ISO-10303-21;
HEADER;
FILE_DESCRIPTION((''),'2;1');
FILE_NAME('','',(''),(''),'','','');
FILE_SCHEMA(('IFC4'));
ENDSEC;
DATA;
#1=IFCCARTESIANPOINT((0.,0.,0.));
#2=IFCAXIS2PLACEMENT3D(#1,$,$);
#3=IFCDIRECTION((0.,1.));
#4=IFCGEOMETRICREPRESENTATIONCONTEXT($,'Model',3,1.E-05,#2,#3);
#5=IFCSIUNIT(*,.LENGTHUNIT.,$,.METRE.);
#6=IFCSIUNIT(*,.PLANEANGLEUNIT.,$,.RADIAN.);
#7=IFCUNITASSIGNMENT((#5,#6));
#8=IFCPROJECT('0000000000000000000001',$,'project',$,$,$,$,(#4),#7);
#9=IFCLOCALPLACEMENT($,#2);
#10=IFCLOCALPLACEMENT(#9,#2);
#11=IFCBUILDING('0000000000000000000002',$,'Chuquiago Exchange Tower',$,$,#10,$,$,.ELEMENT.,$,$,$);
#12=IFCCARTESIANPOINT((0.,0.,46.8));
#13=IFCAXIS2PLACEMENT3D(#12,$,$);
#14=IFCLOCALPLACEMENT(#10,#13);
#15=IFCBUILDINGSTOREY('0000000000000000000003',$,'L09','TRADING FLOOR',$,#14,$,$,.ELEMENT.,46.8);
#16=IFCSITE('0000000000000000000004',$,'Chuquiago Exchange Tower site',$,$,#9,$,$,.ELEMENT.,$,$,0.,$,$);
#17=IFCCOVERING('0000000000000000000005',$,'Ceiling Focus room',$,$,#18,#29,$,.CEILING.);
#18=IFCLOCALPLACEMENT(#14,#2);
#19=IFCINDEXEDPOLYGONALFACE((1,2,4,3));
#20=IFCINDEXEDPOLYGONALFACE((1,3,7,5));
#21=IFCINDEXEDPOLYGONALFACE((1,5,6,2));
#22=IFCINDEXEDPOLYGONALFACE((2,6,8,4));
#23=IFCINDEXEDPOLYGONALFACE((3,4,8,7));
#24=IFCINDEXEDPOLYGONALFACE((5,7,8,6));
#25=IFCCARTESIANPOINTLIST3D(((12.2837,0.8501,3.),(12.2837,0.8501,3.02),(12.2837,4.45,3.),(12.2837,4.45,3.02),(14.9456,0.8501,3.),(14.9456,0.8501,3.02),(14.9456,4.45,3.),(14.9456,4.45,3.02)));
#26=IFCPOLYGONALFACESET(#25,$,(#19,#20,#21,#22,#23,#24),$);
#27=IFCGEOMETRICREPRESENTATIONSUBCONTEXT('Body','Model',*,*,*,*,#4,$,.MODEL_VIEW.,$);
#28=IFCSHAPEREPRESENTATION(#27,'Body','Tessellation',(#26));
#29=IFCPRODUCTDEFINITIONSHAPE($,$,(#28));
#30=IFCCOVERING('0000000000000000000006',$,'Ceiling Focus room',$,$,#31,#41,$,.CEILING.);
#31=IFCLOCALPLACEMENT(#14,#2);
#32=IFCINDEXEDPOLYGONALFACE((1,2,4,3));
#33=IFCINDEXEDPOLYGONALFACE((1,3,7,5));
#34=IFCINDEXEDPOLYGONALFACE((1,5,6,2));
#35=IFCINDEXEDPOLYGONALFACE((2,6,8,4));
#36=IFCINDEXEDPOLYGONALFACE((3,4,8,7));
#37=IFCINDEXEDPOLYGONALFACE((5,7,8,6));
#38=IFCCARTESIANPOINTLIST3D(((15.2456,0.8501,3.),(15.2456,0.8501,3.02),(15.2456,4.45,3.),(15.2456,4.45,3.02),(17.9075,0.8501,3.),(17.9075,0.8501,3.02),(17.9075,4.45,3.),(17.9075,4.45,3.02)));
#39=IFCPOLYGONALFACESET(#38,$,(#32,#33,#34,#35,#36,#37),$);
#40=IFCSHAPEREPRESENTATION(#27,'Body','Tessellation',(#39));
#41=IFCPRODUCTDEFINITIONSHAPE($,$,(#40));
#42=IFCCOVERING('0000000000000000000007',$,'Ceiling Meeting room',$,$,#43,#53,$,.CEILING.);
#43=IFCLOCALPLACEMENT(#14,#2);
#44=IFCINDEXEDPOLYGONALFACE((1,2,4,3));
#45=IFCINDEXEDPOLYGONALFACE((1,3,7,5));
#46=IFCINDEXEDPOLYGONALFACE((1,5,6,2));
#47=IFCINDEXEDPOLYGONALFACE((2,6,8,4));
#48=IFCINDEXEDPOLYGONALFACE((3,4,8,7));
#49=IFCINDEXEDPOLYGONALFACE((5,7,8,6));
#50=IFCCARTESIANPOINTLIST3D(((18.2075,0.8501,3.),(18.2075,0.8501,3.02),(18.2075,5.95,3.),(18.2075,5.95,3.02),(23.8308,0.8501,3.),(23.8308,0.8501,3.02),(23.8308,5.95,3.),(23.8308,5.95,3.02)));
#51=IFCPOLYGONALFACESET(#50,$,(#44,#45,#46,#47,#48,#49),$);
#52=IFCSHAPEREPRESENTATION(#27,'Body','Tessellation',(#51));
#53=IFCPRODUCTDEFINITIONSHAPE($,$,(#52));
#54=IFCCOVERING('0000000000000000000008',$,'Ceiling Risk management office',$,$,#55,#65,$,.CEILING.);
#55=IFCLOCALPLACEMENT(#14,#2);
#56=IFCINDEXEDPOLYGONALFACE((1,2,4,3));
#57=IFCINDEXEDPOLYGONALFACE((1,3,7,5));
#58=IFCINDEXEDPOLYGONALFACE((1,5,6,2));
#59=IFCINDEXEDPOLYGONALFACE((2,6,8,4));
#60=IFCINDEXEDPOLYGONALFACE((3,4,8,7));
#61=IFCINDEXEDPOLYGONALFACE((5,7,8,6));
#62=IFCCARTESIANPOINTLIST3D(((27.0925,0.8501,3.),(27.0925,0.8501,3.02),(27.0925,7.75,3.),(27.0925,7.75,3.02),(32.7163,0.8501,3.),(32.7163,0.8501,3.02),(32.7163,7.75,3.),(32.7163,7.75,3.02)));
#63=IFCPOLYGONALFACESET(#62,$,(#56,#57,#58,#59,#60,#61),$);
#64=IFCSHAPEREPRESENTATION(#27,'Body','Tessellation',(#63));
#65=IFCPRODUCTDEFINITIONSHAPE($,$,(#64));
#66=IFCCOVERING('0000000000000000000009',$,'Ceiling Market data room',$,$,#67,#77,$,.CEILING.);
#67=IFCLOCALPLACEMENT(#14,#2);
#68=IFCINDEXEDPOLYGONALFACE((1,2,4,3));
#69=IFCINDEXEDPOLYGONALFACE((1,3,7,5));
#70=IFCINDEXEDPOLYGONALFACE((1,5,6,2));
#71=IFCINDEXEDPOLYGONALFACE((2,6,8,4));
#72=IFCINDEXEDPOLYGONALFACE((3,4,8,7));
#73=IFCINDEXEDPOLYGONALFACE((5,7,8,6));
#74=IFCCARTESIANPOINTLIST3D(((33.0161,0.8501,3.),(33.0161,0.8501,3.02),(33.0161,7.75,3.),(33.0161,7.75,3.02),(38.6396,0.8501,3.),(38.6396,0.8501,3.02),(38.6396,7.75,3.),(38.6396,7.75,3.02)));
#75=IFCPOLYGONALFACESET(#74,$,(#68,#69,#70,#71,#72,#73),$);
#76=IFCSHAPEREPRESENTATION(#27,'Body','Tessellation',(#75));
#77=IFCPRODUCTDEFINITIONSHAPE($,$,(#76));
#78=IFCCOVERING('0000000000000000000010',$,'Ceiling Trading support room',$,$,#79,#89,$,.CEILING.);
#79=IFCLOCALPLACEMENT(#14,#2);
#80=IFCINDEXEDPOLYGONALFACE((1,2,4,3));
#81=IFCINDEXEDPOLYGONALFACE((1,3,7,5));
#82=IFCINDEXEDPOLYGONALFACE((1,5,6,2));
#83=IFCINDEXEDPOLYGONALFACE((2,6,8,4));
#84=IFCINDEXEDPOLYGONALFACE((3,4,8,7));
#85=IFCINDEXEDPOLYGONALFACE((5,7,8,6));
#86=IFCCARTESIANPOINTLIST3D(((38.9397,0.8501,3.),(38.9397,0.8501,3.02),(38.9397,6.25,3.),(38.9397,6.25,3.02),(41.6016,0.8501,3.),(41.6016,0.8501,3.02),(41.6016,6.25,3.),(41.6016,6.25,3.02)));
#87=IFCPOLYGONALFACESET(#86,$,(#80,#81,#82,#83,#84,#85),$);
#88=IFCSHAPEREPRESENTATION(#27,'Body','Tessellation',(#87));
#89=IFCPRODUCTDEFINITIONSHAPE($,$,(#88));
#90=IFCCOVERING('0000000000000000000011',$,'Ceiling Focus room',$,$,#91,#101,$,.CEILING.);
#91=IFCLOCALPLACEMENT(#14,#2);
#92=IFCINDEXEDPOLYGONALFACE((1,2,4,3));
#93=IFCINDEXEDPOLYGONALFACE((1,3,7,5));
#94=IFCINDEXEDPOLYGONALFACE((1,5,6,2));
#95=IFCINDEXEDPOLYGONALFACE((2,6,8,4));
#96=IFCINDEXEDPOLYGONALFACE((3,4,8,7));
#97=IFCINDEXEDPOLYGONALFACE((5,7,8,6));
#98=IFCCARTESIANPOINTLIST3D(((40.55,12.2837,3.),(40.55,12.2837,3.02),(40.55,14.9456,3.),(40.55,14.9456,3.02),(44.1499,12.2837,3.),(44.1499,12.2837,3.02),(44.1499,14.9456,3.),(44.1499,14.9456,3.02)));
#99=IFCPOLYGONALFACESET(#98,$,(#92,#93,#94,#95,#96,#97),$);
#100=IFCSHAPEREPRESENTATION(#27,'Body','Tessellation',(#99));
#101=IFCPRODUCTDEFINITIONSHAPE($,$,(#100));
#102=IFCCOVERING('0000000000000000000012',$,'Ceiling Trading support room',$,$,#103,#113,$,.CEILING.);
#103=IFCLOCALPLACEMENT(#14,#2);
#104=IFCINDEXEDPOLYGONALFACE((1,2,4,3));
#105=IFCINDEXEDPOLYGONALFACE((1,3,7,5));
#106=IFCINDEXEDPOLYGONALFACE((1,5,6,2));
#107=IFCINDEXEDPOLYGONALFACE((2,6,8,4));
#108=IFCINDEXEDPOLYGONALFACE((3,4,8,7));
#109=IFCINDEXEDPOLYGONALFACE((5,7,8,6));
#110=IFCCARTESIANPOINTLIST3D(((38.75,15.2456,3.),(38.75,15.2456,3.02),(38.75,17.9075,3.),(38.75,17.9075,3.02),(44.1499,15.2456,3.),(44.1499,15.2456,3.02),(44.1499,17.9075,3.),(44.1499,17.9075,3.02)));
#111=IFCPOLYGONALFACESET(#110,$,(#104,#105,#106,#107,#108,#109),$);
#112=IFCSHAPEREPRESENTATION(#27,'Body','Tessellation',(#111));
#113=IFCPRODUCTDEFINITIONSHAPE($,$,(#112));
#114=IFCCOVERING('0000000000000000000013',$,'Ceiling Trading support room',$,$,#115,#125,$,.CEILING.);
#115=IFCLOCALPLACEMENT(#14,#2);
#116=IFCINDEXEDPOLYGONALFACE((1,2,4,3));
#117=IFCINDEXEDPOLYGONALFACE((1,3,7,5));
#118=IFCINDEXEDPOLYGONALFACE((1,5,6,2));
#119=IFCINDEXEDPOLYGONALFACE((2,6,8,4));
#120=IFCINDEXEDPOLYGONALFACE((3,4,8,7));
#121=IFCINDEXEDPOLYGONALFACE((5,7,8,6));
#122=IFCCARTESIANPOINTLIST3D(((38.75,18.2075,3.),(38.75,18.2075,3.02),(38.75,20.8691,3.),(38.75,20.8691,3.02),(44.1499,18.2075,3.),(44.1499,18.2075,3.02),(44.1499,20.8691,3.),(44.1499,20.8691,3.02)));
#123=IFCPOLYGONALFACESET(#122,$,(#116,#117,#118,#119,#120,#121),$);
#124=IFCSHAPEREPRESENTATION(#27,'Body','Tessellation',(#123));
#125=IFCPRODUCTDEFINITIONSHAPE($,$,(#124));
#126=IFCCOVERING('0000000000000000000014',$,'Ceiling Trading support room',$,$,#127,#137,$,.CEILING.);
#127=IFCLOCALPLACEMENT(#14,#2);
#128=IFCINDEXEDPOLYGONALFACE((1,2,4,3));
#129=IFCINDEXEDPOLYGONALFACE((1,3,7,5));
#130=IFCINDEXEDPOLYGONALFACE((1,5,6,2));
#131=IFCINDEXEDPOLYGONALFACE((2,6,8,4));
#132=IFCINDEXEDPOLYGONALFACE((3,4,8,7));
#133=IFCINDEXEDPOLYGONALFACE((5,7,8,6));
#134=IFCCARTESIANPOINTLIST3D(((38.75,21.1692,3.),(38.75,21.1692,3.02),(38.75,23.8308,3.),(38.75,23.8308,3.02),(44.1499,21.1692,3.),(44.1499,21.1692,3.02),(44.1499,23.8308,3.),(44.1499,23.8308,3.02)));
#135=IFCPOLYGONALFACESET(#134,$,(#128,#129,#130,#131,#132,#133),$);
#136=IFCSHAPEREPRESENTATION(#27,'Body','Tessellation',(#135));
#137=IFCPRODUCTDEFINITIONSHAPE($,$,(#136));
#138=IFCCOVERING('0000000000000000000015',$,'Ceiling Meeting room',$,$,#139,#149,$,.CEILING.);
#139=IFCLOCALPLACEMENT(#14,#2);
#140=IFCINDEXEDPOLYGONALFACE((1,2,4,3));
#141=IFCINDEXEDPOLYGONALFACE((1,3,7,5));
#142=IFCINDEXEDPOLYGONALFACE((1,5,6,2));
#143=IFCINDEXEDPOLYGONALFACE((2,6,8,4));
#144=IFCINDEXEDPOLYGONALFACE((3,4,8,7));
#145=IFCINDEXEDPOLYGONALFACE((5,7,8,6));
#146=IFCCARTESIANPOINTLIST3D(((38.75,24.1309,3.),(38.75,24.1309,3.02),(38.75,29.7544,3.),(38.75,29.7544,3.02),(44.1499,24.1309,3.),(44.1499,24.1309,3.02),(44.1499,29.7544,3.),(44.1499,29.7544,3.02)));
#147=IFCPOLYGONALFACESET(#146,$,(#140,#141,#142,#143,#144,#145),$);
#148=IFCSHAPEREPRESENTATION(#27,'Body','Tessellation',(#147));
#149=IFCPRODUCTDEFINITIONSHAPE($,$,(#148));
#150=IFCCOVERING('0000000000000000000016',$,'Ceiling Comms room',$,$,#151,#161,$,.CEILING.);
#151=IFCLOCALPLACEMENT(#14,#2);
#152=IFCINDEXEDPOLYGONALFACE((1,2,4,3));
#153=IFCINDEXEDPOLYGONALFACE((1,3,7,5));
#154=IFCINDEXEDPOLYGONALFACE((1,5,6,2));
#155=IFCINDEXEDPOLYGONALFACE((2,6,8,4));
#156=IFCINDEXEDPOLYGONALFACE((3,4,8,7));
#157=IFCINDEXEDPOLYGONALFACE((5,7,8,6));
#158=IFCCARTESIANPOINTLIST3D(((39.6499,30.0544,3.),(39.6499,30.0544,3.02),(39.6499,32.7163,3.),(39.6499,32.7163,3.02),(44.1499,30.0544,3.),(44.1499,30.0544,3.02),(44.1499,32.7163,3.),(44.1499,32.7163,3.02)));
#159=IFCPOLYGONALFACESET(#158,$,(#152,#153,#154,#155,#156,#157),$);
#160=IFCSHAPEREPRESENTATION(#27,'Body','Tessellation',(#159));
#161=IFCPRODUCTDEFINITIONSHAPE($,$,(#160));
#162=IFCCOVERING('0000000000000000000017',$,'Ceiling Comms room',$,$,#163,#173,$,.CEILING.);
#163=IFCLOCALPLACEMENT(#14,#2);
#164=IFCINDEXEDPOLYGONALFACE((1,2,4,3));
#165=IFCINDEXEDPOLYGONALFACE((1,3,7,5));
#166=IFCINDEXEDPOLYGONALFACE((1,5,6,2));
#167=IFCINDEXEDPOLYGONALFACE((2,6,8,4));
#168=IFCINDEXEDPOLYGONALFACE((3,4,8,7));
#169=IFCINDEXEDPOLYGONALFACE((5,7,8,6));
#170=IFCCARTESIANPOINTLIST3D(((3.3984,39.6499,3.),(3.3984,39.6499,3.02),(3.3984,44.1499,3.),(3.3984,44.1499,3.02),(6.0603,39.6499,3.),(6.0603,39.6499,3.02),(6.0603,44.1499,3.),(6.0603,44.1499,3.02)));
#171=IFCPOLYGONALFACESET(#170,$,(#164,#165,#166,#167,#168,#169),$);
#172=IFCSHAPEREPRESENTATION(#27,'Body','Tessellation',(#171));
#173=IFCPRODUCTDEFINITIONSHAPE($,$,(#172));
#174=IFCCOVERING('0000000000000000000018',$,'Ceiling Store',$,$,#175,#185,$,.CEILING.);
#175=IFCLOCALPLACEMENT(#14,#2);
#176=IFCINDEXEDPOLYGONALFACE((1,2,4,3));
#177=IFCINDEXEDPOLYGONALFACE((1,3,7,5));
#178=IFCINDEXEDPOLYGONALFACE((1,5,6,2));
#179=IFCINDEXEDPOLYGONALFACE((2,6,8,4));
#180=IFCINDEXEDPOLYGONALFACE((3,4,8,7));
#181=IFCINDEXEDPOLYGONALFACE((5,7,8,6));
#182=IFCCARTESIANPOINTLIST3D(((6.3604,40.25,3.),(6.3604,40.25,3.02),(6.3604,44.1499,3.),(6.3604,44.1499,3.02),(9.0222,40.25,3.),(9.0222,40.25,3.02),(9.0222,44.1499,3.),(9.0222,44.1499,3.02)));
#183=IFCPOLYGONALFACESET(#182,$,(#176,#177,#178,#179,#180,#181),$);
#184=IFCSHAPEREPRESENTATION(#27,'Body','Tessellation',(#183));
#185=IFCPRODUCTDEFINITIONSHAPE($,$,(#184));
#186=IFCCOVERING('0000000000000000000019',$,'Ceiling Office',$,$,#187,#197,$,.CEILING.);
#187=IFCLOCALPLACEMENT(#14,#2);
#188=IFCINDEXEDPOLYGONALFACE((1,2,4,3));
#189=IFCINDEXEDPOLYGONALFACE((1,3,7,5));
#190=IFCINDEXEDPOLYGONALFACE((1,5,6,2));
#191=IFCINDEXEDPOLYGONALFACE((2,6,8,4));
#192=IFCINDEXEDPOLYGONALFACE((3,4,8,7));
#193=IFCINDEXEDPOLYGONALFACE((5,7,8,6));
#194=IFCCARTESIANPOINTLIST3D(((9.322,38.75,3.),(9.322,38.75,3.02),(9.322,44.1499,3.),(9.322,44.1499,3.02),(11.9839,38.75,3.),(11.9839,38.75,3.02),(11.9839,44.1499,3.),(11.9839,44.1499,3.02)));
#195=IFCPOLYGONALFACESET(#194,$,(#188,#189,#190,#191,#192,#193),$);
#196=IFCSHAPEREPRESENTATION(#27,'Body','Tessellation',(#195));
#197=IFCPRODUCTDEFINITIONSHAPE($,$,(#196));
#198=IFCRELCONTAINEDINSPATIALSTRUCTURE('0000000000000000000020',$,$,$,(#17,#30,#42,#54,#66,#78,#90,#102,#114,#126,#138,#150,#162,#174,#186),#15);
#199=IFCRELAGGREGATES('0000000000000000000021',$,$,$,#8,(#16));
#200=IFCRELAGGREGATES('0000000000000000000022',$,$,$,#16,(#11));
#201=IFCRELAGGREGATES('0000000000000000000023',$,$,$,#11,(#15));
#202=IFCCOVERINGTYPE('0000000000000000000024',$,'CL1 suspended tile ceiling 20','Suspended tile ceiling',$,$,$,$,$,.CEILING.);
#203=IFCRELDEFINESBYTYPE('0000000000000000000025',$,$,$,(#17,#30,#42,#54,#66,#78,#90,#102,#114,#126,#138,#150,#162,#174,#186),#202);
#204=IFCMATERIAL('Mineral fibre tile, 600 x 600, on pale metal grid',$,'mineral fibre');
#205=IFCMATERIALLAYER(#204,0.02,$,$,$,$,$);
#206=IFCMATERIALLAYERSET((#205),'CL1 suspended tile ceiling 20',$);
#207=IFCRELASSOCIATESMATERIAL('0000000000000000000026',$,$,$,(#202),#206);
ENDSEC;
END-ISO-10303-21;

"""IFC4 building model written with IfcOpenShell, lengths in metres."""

from ifc_helpers import new_model, si_unit, direction, frame, origin, place, context, subcontext, project, spatial, polyline, outline, extrude, material, layer, layer_set, type_object, element, save


model = new_model("IFC4")

# Units and contexts
model_context = context("Model", 3, precision=1e-05, world=origin(), true_north=direction((0.0, 1.0)))
body_context = subcontext(model_context, "Body", "Model", "MODEL_VIEW")
ifc_project = project(units=[si_unit("LENGTHUNIT", "METRE"), si_unit("PLANEANGLEUNIT", "RADIAN")], contexts=[model_context])

# Site, building, storey
site_placement = place(None, origin())
site = spatial("IfcSite", under=ifc_project, at=site_placement, Name="Chuquiago Exchange Tower site", CompositionType="ELEMENT", RefElevation=0.0)
building_placement = place(site_placement, origin())
building = spatial("IfcBuilding", under=site, at=building_placement, Name="Chuquiago Exchange Tower", CompositionType="ELEMENT")
storey_placement = place(building_placement, frame((0.0, 0.0, 46.8)))
storey = spatial("IfcBuildingStorey", under=building, at=storey_placement, Name="L09", Description="TRADING FLOOR", CompositionType="ELEMENT", Elevation=46.8)

# Coverings
ifc_material_1 = material(Name="Mineral fibre tile, 600 x 600, on pale metal grid", Category="mineral fibre")
ifc_layer_1 = layer(ifc_material_1, 0.02)
ifc_layer_set_1 = layer_set([ifc_layer_1], Name="CL1 suspended tile ceiling 20")
covering_type_1 = type_object("IfcCoveringType", Name="CL1 suspended tile ceiling 20", Description="Suspended tile ceiling", PredefinedType="CEILING", material=ifc_layer_set_1)
covering_1_placement = place(storey_placement, frame((0.0, 0.0, 3.0)))
element("IfcCovering", 1, at=covering_1_placement, inside=storey, type_object=covering_type_1, Name="Ceiling Focus room", PredefinedType="CEILING", context=body_context, shape_type="SweptSolid", body=[
    extrude(outline(polyline([(12.2837, 4.45), (14.9456, 4.45), (14.9456, 0.8501), (12.2837, 0.8501), (12.2837, 4.45)])), origin(), (0.0, 0.0, 1.0), 0.02),
])
covering_2_placement = place(storey_placement, frame((0.0, 0.0, 3.0)))
element("IfcCovering", 2, at=covering_2_placement, inside=storey, type_object=covering_type_1, Name="Ceiling Focus room", PredefinedType="CEILING", context=body_context, shape_type="SweptSolid", body=[
    extrude(outline(polyline([(15.2456, 4.45), (17.9075, 4.45), (17.9075, 0.8501), (15.2456, 0.8501), (15.2456, 4.45)])), origin(), (0.0, 0.0, 1.0), 0.02),
])
covering_3_placement = place(storey_placement, frame((0.0, 0.0, 3.0)))
element("IfcCovering", 3, at=covering_3_placement, inside=storey, type_object=covering_type_1, Name="Ceiling Meeting room", PredefinedType="CEILING", context=body_context, shape_type="SweptSolid", body=[
    extrude(outline(polyline([(18.2075, 5.95), (23.8308, 5.95), (23.8308, 0.8501), (18.2075, 0.8501), (18.2075, 5.95)])), origin(), (0.0, 0.0, 1.0), 0.02),
])
covering_4_placement = place(storey_placement, frame((0.0, 0.0, 3.0)))
element("IfcCovering", 4, at=covering_4_placement, inside=storey, type_object=covering_type_1, Name="Ceiling Risk management office", PredefinedType="CEILING", context=body_context, shape_type="SweptSolid", body=[
    extrude(outline(polyline([(27.0925, 7.75), (32.7163, 7.75), (32.7163, 0.8501), (27.0925, 0.8501), (27.0925, 7.75)])), origin(), (0.0, 0.0, 1.0), 0.02),
])
covering_5_placement = place(storey_placement, frame((0.0, 0.0, 3.0)))
element("IfcCovering", 5, at=covering_5_placement, inside=storey, type_object=covering_type_1, Name="Ceiling Market data room", PredefinedType="CEILING", context=body_context, shape_type="SweptSolid", body=[
    extrude(outline(polyline([(33.0161, 7.75), (38.6396, 7.75), (38.6396, 0.8501), (33.0161, 0.8501), (33.0161, 7.75)])), origin(), (0.0, 0.0, 1.0), 0.02),
])
covering_6_placement = place(storey_placement, frame((0.0, 0.0, 3.0)))
element("IfcCovering", 6, at=covering_6_placement, inside=storey, type_object=covering_type_1, Name="Ceiling Trading support room", PredefinedType="CEILING", context=body_context, shape_type="SweptSolid", body=[
    extrude(outline(polyline([(38.9397, 0.8501), (38.9397, 6.25), (41.6016, 6.25), (41.6016, 0.8501), (38.9397, 0.8501)])), origin(), (0.0, 0.0, 1.0), 0.02),
])
covering_7_placement = place(storey_placement, frame((0.0, 0.0, 3.0)))
element("IfcCovering", 7, at=covering_7_placement, inside=storey, type_object=covering_type_1, Name="Ceiling Focus room", PredefinedType="CEILING", context=body_context, shape_type="SweptSolid", body=[
    extrude(outline(polyline([(40.55, 12.2837), (40.55, 14.9456), (44.1499, 14.9456), (44.1499, 12.2837), (40.55, 12.2837)])), origin(), (0.0, 0.0, 1.0), 0.02),
])
covering_8_placement = place(storey_placement, frame((0.0, 0.0, 3.0)))
element("IfcCovering", 8, at=covering_8_placement, inside=storey, type_object=covering_type_1, Name="Ceiling Trading support room", PredefinedType="CEILING", context=body_context, shape_type="SweptSolid", body=[
    extrude(outline(polyline([(38.75, 15.2456), (38.75, 17.9075), (44.1499, 17.9075), (44.1499, 15.2456), (38.75, 15.2456)])), origin(), (0.0, 0.0, 1.0), 0.02),
])
covering_9_placement = place(storey_placement, frame((0.0, 0.0, 3.0)))
element("IfcCovering", 9, at=covering_9_placement, inside=storey, type_object=covering_type_1, Name="Ceiling Trading support room", PredefinedType="CEILING", context=body_context, shape_type="SweptSolid", body=[
    extrude(outline(polyline([(38.75, 18.2075), (38.75, 20.8691), (44.1499, 20.8691), (44.1499, 18.2075), (38.75, 18.2075)])), origin(), (0.0, 0.0, 1.0), 0.02),
])
covering_10_placement = place(storey_placement, frame((0.0, 0.0, 3.0)))
element("IfcCovering", 10, at=covering_10_placement, inside=storey, type_object=covering_type_1, Name="Ceiling Trading support room", PredefinedType="CEILING", context=body_context, shape_type="SweptSolid", body=[
    extrude(outline(polyline([(38.75, 21.1692), (38.75, 23.8308), (44.1499, 23.8308), (44.1499, 21.1692), (38.75, 21.1692)])), origin(), (0.0, 0.0, 1.0), 0.02),
])
covering_11_placement = place(storey_placement, frame((0.0, 0.0, 3.0)))
element("IfcCovering", 11, at=covering_11_placement, inside=storey, type_object=covering_type_1, Name="Ceiling Meeting room", PredefinedType="CEILING", context=body_context, shape_type="SweptSolid", body=[
    extrude(outline(polyline([(38.75, 24.1309), (38.75, 29.7544), (44.1499, 29.7544), (44.1499, 24.1309), (38.75, 24.1309)])), origin(), (0.0, 0.0, 1.0), 0.02),
])
covering_12_placement = place(storey_placement, frame((0.0, 0.0, 3.0)))
element("IfcCovering", 12, at=covering_12_placement, inside=storey, type_object=covering_type_1, Name="Ceiling Comms room", PredefinedType="CEILING", context=body_context, shape_type="SweptSolid", body=[
    extrude(outline(polyline([(39.6499, 30.0544), (39.6499, 32.7163), (44.1499, 32.7163), (44.1499, 30.0544), (39.6499, 30.0544)])), origin(), (0.0, 0.0, 1.0), 0.02),
])
covering_13_placement = place(storey_placement, frame((0.0, 0.0, 3.0)))
element("IfcCovering", 13, at=covering_13_placement, inside=storey, type_object=covering_type_1, Name="Ceiling Comms room", PredefinedType="CEILING", context=body_context, shape_type="SweptSolid", body=[
    extrude(outline(polyline([(6.0603, 44.1499), (6.0603, 39.6499), (3.3984, 39.6499), (3.3984, 44.1499), (6.0603, 44.1499)])), origin(), (0.0, 0.0, 1.0), 0.02),
])
covering_14_placement = place(storey_placement, frame((0.0, 0.0, 3.0)))
element("IfcCovering", 14, at=covering_14_placement, inside=storey, type_object=covering_type_1, Name="Ceiling Store", PredefinedType="CEILING", context=body_context, shape_type="SweptSolid", body=[
    extrude(outline(polyline([(9.0222, 40.25), (6.3604, 40.25), (6.3604, 44.1499), (9.0222, 44.1499), (9.0222, 40.25)])), origin(), (0.0, 0.0, 1.0), 0.02),
])
covering_15_placement = place(storey_placement, frame((0.0, 0.0, 3.0)))
element("IfcCovering", 15, at=covering_15_placement, inside=storey, type_object=covering_type_1, Name="Ceiling Office", PredefinedType="CEILING", context=body_context, shape_type="SweptSolid", body=[
    extrude(outline(polyline([(11.9839, 38.75), (9.322, 38.75), (9.322, 44.1499), (11.9839, 44.1499), (11.9839, 38.75)])), origin(), (0.0, 0.0, 1.0), 0.02),
])

save(model, "model.ifc")
